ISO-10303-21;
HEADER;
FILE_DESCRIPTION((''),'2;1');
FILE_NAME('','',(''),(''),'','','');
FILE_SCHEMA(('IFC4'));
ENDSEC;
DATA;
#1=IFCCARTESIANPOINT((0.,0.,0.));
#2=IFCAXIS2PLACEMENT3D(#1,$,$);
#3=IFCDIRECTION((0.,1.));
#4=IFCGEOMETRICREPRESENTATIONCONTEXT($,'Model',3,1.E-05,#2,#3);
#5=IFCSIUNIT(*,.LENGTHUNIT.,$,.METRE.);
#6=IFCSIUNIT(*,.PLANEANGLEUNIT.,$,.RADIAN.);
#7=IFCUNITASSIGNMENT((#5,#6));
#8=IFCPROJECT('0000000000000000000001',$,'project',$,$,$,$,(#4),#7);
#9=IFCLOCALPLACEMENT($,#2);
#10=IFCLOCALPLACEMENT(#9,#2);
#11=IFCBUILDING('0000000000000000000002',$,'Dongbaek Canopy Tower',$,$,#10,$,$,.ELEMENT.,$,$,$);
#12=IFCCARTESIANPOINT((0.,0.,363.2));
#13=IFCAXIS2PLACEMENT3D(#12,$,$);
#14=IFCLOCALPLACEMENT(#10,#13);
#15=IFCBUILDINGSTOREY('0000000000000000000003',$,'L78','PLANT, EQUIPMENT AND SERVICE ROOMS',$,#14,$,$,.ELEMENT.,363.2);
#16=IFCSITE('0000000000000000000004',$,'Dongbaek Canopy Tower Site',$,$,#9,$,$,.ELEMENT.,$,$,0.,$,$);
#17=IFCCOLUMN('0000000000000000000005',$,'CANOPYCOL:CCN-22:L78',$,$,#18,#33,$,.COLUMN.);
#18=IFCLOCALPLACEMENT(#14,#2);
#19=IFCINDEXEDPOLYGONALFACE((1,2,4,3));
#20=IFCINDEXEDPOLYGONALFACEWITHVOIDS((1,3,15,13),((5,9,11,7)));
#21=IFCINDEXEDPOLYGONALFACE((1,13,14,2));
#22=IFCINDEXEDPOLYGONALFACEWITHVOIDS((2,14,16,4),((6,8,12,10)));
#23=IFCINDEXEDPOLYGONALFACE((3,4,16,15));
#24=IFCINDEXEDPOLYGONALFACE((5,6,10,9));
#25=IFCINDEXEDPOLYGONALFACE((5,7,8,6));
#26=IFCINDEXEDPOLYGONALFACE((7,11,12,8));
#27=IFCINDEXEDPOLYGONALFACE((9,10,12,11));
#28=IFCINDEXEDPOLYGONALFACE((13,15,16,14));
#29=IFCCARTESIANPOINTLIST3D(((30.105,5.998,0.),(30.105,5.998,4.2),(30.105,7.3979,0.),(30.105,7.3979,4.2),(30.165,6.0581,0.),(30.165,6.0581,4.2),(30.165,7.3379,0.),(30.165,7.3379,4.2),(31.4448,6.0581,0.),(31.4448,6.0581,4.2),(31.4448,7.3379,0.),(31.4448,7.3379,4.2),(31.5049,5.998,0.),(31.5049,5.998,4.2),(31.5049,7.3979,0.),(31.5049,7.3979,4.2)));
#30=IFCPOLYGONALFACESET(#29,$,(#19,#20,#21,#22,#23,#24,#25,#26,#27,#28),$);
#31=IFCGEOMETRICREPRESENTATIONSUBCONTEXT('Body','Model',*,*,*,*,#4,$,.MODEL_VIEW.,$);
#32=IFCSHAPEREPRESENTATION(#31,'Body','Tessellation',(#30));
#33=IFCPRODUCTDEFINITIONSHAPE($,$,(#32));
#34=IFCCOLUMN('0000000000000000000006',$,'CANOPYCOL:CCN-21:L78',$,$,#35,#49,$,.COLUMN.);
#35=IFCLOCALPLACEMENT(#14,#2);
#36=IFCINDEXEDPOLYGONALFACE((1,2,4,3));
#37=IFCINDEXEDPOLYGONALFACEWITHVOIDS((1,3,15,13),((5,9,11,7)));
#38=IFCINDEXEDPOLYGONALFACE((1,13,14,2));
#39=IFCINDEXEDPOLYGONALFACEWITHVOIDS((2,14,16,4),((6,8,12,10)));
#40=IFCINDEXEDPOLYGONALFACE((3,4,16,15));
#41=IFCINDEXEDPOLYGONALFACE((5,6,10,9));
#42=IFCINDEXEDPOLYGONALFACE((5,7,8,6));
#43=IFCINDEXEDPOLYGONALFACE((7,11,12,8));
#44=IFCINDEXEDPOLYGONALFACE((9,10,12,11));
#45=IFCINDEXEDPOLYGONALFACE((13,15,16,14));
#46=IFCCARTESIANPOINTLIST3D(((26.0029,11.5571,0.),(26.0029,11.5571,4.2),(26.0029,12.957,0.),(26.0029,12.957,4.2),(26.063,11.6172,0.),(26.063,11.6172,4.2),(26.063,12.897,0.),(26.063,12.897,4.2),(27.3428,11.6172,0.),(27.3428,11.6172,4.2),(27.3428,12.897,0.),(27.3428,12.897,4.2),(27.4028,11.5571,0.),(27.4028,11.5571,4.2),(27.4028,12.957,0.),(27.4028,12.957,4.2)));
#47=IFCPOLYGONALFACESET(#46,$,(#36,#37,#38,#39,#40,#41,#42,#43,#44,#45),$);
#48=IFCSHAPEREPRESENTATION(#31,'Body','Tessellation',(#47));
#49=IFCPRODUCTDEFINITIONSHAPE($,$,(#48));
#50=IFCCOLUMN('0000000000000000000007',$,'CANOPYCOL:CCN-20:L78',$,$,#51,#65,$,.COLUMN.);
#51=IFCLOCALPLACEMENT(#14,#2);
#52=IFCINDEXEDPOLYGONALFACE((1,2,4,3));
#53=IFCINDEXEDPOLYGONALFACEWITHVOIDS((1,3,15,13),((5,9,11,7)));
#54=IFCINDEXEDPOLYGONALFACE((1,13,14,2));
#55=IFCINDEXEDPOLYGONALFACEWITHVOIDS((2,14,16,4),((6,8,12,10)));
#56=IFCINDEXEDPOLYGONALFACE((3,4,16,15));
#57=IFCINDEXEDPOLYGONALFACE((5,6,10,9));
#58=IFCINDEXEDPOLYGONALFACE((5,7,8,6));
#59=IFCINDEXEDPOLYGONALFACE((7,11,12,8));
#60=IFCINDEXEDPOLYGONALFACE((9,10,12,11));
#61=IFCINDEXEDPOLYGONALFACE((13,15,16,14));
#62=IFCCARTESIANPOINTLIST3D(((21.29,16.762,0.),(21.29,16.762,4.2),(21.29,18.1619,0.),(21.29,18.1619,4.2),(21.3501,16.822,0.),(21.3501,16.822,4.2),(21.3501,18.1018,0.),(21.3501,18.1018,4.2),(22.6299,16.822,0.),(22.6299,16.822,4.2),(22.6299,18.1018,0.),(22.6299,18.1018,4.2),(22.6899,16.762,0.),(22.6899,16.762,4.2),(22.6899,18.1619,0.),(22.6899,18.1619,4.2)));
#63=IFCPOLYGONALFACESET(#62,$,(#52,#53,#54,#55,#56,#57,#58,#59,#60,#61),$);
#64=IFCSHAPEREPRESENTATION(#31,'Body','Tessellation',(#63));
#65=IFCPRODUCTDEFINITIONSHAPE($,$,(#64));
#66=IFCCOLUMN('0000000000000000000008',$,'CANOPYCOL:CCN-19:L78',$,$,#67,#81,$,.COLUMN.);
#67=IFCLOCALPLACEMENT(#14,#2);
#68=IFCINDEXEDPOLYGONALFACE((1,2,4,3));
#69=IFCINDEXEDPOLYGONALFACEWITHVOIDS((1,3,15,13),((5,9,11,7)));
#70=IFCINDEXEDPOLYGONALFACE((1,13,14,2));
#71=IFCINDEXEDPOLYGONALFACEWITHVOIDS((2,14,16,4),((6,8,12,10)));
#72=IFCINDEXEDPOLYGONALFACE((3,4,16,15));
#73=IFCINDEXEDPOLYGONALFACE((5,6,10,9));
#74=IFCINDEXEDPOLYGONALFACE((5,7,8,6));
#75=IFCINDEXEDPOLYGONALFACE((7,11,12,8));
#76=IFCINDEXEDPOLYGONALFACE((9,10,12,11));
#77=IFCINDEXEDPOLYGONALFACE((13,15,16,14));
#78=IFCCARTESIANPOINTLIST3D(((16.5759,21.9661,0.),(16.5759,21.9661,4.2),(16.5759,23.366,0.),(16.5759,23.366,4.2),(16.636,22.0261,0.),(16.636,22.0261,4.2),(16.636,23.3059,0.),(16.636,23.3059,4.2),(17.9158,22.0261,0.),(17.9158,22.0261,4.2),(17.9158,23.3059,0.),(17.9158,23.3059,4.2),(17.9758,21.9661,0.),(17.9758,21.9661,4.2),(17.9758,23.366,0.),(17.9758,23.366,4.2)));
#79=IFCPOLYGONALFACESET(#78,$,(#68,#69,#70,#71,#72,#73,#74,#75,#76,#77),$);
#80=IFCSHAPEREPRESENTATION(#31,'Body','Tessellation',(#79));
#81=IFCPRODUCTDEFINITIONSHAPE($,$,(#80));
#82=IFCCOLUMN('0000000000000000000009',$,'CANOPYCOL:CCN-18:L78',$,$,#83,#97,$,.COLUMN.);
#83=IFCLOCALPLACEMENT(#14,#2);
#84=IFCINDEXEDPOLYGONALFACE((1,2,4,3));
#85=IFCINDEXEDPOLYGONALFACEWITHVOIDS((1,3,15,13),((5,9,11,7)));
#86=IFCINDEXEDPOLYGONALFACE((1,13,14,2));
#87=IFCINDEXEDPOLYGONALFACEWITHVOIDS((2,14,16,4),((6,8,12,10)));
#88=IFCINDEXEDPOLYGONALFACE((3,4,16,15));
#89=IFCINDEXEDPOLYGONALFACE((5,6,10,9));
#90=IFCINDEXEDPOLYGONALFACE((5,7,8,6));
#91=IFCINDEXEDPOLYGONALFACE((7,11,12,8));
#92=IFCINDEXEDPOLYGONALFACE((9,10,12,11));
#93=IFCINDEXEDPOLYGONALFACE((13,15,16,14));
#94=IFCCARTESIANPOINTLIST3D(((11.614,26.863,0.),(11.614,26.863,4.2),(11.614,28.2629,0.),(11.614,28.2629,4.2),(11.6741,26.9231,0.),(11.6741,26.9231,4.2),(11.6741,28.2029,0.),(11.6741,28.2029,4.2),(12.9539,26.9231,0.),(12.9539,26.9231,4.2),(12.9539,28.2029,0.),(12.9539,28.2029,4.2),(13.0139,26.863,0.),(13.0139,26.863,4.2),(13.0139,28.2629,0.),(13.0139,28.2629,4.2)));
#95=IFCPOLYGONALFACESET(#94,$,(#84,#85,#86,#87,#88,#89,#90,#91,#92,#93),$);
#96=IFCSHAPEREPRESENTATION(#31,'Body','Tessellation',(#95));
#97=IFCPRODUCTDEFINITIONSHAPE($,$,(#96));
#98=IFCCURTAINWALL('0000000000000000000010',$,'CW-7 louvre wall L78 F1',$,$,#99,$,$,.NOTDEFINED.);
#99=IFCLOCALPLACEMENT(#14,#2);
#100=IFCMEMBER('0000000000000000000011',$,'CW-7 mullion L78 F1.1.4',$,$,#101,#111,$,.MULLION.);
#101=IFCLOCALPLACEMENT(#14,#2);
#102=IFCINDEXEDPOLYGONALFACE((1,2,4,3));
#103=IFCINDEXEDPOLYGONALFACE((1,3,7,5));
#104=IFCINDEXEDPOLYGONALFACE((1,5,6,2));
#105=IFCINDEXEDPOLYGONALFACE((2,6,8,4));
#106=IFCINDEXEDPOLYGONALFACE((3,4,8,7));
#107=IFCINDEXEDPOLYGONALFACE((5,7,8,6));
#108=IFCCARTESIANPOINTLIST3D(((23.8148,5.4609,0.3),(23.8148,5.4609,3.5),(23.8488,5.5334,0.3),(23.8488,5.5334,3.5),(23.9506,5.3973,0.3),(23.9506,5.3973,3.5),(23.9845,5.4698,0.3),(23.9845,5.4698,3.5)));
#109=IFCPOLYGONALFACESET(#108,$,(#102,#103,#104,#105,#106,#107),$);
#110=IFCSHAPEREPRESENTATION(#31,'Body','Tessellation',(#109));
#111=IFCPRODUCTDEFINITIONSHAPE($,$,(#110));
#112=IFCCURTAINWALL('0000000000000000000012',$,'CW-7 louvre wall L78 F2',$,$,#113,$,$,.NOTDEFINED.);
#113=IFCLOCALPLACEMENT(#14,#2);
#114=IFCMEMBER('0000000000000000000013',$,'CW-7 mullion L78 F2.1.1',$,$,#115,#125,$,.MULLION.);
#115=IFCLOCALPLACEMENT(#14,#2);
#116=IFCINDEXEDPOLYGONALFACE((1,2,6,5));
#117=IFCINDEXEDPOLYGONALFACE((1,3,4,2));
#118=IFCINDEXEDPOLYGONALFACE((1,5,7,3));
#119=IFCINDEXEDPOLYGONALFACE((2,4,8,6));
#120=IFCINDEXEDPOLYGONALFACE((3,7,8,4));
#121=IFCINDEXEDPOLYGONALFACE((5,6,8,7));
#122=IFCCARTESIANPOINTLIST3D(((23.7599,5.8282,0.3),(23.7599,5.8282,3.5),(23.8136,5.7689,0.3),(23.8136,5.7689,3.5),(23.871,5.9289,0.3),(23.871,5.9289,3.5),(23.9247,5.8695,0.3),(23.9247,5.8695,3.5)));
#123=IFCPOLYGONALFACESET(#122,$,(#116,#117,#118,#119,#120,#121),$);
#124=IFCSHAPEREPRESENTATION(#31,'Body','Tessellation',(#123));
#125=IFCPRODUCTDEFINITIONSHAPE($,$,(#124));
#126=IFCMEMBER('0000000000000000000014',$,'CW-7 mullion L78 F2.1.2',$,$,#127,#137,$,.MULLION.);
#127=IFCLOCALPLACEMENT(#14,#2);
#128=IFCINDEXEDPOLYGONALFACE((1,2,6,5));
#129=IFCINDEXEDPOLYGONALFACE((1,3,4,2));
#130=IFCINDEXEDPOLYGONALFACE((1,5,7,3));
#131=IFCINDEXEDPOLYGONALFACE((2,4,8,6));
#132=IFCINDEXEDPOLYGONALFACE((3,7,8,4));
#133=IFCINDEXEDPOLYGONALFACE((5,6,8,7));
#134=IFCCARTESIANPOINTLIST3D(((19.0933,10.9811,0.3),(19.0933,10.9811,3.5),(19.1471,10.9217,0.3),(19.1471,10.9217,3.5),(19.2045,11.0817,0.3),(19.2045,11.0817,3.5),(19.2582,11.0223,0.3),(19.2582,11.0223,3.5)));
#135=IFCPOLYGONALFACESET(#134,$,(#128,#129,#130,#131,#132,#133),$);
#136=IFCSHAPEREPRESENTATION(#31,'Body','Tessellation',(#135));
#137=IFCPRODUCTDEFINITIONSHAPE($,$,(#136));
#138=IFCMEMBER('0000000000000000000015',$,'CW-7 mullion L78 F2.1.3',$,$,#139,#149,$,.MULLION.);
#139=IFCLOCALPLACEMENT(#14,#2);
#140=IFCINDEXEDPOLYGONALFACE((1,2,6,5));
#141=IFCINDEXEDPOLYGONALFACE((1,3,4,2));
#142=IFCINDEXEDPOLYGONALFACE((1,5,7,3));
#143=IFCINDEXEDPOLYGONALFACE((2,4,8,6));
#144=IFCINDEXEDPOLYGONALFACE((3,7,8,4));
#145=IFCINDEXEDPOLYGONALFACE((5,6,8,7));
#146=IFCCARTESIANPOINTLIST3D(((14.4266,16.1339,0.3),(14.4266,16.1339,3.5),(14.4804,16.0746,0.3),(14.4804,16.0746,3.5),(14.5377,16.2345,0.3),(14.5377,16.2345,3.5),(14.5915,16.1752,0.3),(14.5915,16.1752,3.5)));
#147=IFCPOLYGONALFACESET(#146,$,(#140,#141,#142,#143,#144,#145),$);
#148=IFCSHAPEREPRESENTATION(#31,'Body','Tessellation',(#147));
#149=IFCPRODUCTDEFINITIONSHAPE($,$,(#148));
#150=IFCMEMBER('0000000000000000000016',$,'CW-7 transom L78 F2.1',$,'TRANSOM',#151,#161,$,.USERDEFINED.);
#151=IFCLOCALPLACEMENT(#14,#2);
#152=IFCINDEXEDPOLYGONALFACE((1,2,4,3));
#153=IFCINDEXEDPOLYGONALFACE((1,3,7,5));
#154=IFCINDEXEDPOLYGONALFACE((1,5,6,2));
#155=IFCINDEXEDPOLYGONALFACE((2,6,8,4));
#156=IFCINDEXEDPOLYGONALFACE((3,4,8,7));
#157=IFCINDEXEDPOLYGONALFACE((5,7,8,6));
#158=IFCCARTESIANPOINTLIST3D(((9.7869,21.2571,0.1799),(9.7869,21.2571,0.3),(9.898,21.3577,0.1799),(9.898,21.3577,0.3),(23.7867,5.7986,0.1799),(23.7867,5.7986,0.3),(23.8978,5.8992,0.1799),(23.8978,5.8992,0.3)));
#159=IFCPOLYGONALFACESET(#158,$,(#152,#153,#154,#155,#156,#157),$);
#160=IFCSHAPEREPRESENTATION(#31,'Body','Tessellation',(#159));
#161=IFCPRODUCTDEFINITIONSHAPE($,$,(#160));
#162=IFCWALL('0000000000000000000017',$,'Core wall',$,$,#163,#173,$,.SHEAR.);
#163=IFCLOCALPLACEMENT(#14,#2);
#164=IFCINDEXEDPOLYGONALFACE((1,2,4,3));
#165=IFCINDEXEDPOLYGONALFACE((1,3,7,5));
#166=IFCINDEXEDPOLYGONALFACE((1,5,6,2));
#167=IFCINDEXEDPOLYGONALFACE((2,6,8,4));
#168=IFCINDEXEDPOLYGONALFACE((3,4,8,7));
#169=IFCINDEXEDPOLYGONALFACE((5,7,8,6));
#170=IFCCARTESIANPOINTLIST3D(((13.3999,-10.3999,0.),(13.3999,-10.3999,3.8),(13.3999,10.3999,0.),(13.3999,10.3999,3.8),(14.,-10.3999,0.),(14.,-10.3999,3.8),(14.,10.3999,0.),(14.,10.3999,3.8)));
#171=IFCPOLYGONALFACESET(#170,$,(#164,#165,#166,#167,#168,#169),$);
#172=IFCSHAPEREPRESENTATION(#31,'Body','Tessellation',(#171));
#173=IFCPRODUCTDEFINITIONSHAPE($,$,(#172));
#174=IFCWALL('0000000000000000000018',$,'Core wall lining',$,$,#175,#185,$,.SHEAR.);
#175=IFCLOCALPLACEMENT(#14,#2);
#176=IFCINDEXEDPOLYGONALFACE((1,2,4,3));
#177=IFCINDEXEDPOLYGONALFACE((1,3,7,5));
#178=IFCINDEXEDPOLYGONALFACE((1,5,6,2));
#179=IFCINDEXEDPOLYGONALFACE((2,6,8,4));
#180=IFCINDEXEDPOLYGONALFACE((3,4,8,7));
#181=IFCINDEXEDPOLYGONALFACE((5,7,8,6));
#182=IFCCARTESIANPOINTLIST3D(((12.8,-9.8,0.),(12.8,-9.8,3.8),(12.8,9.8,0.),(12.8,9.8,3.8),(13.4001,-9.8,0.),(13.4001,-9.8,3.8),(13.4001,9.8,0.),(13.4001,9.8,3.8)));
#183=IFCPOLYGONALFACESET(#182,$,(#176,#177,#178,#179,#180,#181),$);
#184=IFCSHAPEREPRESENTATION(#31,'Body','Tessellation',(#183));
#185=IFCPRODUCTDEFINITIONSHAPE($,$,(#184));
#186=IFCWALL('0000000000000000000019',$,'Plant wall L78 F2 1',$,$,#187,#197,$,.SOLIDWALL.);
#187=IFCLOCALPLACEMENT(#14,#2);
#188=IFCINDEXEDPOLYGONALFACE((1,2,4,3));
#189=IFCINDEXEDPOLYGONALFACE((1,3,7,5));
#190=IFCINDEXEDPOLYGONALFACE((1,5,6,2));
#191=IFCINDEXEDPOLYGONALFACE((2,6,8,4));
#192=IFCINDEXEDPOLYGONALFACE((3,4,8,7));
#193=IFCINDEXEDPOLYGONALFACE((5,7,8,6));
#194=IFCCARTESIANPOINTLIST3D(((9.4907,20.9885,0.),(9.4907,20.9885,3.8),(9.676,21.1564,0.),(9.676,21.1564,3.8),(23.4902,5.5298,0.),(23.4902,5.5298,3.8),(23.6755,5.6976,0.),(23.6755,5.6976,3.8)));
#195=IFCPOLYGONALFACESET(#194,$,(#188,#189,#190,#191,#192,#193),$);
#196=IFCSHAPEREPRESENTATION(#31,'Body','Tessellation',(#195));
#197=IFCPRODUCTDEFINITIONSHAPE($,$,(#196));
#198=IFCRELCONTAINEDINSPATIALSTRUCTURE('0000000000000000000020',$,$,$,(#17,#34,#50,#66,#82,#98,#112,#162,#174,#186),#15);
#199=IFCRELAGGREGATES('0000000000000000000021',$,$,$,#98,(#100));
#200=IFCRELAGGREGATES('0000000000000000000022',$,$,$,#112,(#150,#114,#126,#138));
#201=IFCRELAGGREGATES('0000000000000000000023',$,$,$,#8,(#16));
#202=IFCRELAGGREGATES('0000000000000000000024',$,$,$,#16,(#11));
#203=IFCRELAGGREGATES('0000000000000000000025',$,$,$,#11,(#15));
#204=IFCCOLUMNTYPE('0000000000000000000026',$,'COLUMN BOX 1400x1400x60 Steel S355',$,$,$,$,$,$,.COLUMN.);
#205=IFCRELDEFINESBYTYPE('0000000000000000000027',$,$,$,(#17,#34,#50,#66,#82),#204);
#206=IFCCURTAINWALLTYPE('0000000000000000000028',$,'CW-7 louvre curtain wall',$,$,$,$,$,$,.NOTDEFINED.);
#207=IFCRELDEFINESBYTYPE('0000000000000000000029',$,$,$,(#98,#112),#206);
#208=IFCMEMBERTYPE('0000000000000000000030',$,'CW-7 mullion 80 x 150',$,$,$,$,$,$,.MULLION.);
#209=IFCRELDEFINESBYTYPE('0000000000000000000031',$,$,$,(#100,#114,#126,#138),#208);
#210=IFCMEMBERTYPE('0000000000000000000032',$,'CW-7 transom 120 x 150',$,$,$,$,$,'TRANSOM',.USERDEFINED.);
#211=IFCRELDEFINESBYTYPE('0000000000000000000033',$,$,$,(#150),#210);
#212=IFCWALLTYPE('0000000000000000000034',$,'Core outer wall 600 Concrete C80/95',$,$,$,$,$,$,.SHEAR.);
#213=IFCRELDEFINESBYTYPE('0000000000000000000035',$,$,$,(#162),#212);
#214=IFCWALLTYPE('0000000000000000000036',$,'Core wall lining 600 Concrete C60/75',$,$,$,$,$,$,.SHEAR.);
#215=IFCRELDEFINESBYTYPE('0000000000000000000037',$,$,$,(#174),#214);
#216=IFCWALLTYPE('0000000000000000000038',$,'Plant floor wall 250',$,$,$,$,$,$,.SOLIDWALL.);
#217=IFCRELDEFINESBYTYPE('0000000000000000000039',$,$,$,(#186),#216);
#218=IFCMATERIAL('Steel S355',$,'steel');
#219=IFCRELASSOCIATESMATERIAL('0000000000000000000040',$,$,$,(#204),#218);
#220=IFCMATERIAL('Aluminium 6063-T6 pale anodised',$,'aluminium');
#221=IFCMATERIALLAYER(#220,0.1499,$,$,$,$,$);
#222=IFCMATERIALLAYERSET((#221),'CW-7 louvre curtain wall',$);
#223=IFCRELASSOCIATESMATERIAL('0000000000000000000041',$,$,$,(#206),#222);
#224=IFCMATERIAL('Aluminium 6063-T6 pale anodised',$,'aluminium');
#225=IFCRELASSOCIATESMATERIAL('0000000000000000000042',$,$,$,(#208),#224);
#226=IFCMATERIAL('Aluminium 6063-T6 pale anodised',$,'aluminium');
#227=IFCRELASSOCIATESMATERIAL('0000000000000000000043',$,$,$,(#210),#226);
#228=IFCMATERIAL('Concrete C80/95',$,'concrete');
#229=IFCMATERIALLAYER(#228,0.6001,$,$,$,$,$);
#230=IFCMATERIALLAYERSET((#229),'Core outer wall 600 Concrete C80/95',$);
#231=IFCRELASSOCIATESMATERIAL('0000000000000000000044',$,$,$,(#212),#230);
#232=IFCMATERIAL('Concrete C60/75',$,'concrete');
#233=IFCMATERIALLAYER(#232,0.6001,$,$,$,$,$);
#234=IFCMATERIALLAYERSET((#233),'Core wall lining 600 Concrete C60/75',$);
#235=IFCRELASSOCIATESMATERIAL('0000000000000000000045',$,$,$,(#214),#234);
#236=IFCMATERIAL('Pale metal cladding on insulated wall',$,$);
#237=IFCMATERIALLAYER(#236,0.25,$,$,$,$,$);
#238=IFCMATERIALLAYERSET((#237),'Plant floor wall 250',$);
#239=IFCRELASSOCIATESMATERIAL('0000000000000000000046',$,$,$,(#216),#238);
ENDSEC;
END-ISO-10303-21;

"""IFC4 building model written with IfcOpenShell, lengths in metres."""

from ifc_helpers import new_model, si_unit, direction, frame, frame_2d, origin, origin_2d, place, context, subcontext, project, spatial, rectangle, hollow_rectangle, extrude, material, layer, layer_set, material_profile, profile_set, type_object, element, aggregate, save


model = new_model("IFC4")

# Units and contexts
model_context = context("Model", 3, precision=1e-05, world=origin(), true_north=direction((0.0, 1.0)))
body_context = subcontext(model_context, "Body", "Model", "MODEL_VIEW")
ifc_project = project(units=[si_unit("LENGTHUNIT", "METRE"), si_unit("PLANEANGLEUNIT", "RADIAN")], contexts=[model_context])

# Site, building, storey
site_placement = place(None, origin())
site = spatial("IfcSite", under=ifc_project, at=site_placement, Name="Dongbaek Canopy Tower Site", CompositionType="ELEMENT", RefElevation=0.0)
building_placement = place(site_placement, origin())
building = spatial("IfcBuilding", under=site, at=building_placement, Name="Dongbaek Canopy Tower", CompositionType="ELEMENT")
storey_placement = place(building_placement, frame((0.0, 0.0, 363.2)))
storey = spatial("IfcBuildingStorey", under=building, at=storey_placement, Name="L78", Description="PLANT, EQUIPMENT AND SERVICE ROOMS", CompositionType="ELEMENT", Elevation=363.2)

# Columns
ifc_material_1 = material(Name="Steel S355", Category="steel")
ifc_material_profile_1 = material_profile(ifc_material_1, hollow_rectangle(XDim=1.3999, YDim=1.3999, WallThickness=0.0601, at=origin_2d()), Name="COLUMN BOX 1400x1400x60 Steel S355")
ifc_profile_set_1 = profile_set([ifc_material_profile_1], Name="Steel S355")
column_type = type_object("IfcColumnType", Name="COLUMN BOX 1400x1400x60 Steel S355", PredefinedType="COLUMN", material=ifc_profile_set_1)
for number, where, z_axis, x_axis, name in (
    (1, (30.8049, 6.698, 0.0), (0.0, 0.0, 1.0), (1.0, 0.0, 0.0), "CANOPYCOL:CCN-22:L78"),
    (2, (26.7029, 12.2571, 0.0), (0.0, 0.0, 1.0), (1.0, 0.0, 0.0), "CANOPYCOL:CCN-21:L78"),
    (3, (21.99, 17.4619, 0.0), (0.0, 0.0, 1.0), (1.0, 0.0, 0.0), "CANOPYCOL:CCN-20:L78"),
    (4, (17.2759, 22.666, 0.0), (0.0, 0.0, 1.0), (1.0, 0.0, 0.0), "CANOPYCOL:CCN-19:L78"),
    (5, (12.314, 27.563, 0.0), (0.0, 0.0, 1.0), (1.0, 0.0, 0.0), "CANOPYCOL:CCN-18:L78"),
):
    element("IfcColumn", number, at=place(storey_placement, frame(where, z_axis=z_axis, x_axis=x_axis)), inside=storey, type_object=column_type, Name=name, PredefinedType="COLUMN", context=body_context, shape_type="SweptSolid", body=[
        extrude(hollow_rectangle(XDim=1.3999, YDim=1.3999, WallThickness=0.0601, at=origin_2d()), origin(), (0.0, 0.0, 1.0), 4.2),
    ])

# Curtain wall, member
ifc_material_2 = material(Name="Aluminium 6063-T6 pale anodised", Category="aluminium")
ifc_layer_1 = layer(ifc_material_2, 0.1499)
ifc_layer_set_1 = layer_set([ifc_layer_1], Name="CW-7 louvre curtain wall")
curtain_wall_type = type_object("IfcCurtainWallType", Name="CW-7 louvre curtain wall", PredefinedType="NOTDEFINED", material=ifc_layer_set_1)
curtain_wall_1_placement = place(storey_placement, origin())
curtain_wall_1 = element("IfcCurtainWall", 6, at=curtain_wall_1_placement, inside=storey, type_object=curtain_wall_type, Name="CW-7 louvre wall L78 F1", PredefinedType="NOTDEFINED")
ifc_material_3 = material(Name="Aluminium 6063-T6 pale anodised", Category="aluminium")
ifc_material_profile_2 = material_profile(ifc_material_3, rectangle(XDim=0.1499, YDim=0.0801, at=origin_2d()), Name="CW-7 mullion 80 x 150")
ifc_profile_set_2 = profile_set([ifc_material_profile_2], Name="Aluminium 6063-T6 pale anodised")
member_type_1 = type_object("IfcMemberType", Name="CW-7 mullion 80 x 150", PredefinedType="MULLION", material=ifc_profile_set_2)
member_1_placement = place(storey_placement, frame((23.8997, 5.4653, 0.3), z_axis=(0.0, 0.0, 1.0), x_axis=(0.905605, -0.424123, 0.0)))
member_1 = element("IfcMember", 7, at=member_1_placement, type_object=member_type_1, Name="CW-7 mullion L78 F1.1.4", PredefinedType="MULLION", context=body_context, shape_type="SweptSolid", body=[
    extrude(rectangle(XDim=0.1499, YDim=0.0801, at=origin_2d()), origin(), (0.0, 0.0, 1.0), 3.2),
])

# Curtain wall, members
curtain_wall_2_placement = place(storey_placement, origin())
curtain_wall_2 = element("IfcCurtainWall", 8, at=curtain_wall_2_placement, inside=storey, type_object=curtain_wall_type, Name="CW-7 louvre wall L78 F2", PredefinedType="NOTDEFINED")
member_2_placement = place(storey_placement, frame((23.8423, 5.8489, 0.3), z_axis=(0.0, 0.0, 1.0), x_axis=(0.741222, 0.67126, 0.0)))
member_2 = element("IfcMember", 9, at=member_2_placement, type_object=member_type_1, Name="CW-7 mullion L78 F2.1.1", PredefinedType="MULLION", context=body_context, shape_type="SweptSolid", body=[
    extrude(rectangle(XDim=0.1499, YDim=0.0801, at=origin_2d()), origin(), (0.0, 0.0, 1.0), 3.2),
])
member_3_placement = place(storey_placement, frame((19.1758, 11.0017, 0.3), z_axis=(0.0, 0.0, 1.0), x_axis=(0.741222, 0.67126, 0.0)))
member_3 = element("IfcMember", 10, at=member_3_placement, type_object=member_type_1, Name="CW-7 mullion L78 F2.1.2", PredefinedType="MULLION", context=body_context, shape_type="SweptSolid", body=[
    extrude(rectangle(XDim=0.1499, YDim=0.0801, at=origin_2d()), origin(), (0.0, 0.0, 1.0), 3.2),
])
member_4_placement = place(storey_placement, frame((14.509, 16.1545, 0.3), z_axis=(0.0, 0.0, 1.0), x_axis=(0.741222, 0.67126, 0.0)))
member_4 = element("IfcMember", 11, at=member_4_placement, type_object=member_type_1, Name="CW-7 mullion L78 F2.1.3", PredefinedType="MULLION", context=body_context, shape_type="SweptSolid", body=[
    extrude(rectangle(XDim=0.1499, YDim=0.0801, at=origin_2d()), origin(), (0.0, 0.0, 1.0), 3.2),
])
ifc_material_4 = material(Name="Aluminium 6063-T6 pale anodised", Category="aluminium")
ifc_material_profile_3 = material_profile(ifc_material_4, rectangle(XDim=0.1499, YDim=0.1201, at=origin_2d()), Name="CW-7 transom 120 x 150")
ifc_profile_set_3 = profile_set([ifc_material_profile_3], Name="Aluminium 6063-T6 pale anodised")
member_type_2 = type_object("IfcMemberType", Name="CW-7 transom 120 x 150", ElementType="TRANSOM", PredefinedType="USERDEFINED", material=ifc_profile_set_3)
member_5_placement = place(storey_placement, frame((23.8423, 5.8489, 0.24), z_axis=(-0.671269, 0.741214, 0.0), x_axis=(-0.741214, -0.671269, 0.0)))
member_5 = element("IfcMember", 12, at=member_5_placement, type_object=member_type_2, Name="CW-7 transom L78 F2.1", ObjectType="TRANSOM", PredefinedType="USERDEFINED", context=body_context, shape_type="SweptSolid", body=[
    extrude(rectangle(XDim=0.1499, YDim=0.1201, at=origin_2d()), origin(), (0.0, 0.0, 1.0), 20.8557),
])

# Walls
ifc_material_5 = material(Name="Concrete C80/95", Category="concrete")
ifc_layer_2 = layer(ifc_material_5, 0.6001)
ifc_layer_set_2 = layer_set([ifc_layer_2], Name="Core outer wall 600 Concrete C80/95")
wall_type_1 = type_object("IfcWallType", Name="Core outer wall 600 Concrete C80/95", PredefinedType="SHEAR", material=ifc_layer_set_2)
wall_1_placement = place(storey_placement, frame((13.7, 10.3999, 0.0), z_axis=(0.0, 0.0, 1.0), x_axis=(0.0, -1.0, 0.0)))
element("IfcWall", 13, at=wall_1_placement, inside=storey, type_object=wall_type_1, Name="Core wall", PredefinedType="SHEAR", context=body_context, shape_type="SweptSolid", body=[
    extrude(rectangle(XDim=20.7998, YDim=0.6001, at=frame_2d((10.3999, 0.0))), origin(), (0.0, 0.0, 1.0), 3.8),
])
ifc_material_6 = material(Name="Concrete C60/75", Category="concrete")
ifc_layer_3 = layer(ifc_material_6, 0.6001)
ifc_layer_set_3 = layer_set([ifc_layer_3], Name="Core wall lining 600 Concrete C60/75")
wall_type_2 = type_object("IfcWallType", Name="Core wall lining 600 Concrete C60/75", PredefinedType="SHEAR", material=ifc_layer_set_3)
wall_2_placement = place(storey_placement, frame((13.1001, 9.8, 0.0), z_axis=(0.0, 0.0, 1.0), x_axis=(0.0, -1.0, 0.0)))
element("IfcWall", 14, at=wall_2_placement, inside=storey, type_object=wall_type_2, Name="Core wall lining", PredefinedType="SHEAR", context=body_context, shape_type="SweptSolid", body=[
    extrude(rectangle(XDim=19.6001, YDim=0.6001, at=frame_2d((9.8, 0.0))), origin(), (0.0, 0.0, 1.0), 3.8),
])
ifc_material_7 = material(Name="Pale metal cladding on insulated wall")
ifc_layer_4 = layer(ifc_material_7, 0.25)
ifc_layer_set_4 = layer_set([ifc_layer_4], Name="Plant floor wall 250")
wall_type_3 = type_object("IfcWallType", Name="Plant floor wall 250", PredefinedType="SOLIDWALL", material=ifc_layer_set_4)
wall_3_placement = place(storey_placement, frame((23.5828, 5.6138, 0.0), z_axis=(0.0, 0.0, 1.0), x_axis=(-0.671257, 0.741225, 0.0)))
element("IfcWall", 15, at=wall_3_placement, inside=storey, type_object=wall_type_3, Name="Plant wall L78 F2 1", PredefinedType="SOLIDWALL", context=body_context, shape_type="SweptSolid", body=[
    extrude(rectangle(XDim=20.8557, YDim=0.25, at=frame_2d((10.4277, 0.0))), origin(), (0.0, 0.0, 1.0), 3.8),
])

aggregate(curtain_wall_1, [member_1])
aggregate(curtain_wall_2, [member_5, member_2, member_3, member_4])

save(model, "model.ifc")
